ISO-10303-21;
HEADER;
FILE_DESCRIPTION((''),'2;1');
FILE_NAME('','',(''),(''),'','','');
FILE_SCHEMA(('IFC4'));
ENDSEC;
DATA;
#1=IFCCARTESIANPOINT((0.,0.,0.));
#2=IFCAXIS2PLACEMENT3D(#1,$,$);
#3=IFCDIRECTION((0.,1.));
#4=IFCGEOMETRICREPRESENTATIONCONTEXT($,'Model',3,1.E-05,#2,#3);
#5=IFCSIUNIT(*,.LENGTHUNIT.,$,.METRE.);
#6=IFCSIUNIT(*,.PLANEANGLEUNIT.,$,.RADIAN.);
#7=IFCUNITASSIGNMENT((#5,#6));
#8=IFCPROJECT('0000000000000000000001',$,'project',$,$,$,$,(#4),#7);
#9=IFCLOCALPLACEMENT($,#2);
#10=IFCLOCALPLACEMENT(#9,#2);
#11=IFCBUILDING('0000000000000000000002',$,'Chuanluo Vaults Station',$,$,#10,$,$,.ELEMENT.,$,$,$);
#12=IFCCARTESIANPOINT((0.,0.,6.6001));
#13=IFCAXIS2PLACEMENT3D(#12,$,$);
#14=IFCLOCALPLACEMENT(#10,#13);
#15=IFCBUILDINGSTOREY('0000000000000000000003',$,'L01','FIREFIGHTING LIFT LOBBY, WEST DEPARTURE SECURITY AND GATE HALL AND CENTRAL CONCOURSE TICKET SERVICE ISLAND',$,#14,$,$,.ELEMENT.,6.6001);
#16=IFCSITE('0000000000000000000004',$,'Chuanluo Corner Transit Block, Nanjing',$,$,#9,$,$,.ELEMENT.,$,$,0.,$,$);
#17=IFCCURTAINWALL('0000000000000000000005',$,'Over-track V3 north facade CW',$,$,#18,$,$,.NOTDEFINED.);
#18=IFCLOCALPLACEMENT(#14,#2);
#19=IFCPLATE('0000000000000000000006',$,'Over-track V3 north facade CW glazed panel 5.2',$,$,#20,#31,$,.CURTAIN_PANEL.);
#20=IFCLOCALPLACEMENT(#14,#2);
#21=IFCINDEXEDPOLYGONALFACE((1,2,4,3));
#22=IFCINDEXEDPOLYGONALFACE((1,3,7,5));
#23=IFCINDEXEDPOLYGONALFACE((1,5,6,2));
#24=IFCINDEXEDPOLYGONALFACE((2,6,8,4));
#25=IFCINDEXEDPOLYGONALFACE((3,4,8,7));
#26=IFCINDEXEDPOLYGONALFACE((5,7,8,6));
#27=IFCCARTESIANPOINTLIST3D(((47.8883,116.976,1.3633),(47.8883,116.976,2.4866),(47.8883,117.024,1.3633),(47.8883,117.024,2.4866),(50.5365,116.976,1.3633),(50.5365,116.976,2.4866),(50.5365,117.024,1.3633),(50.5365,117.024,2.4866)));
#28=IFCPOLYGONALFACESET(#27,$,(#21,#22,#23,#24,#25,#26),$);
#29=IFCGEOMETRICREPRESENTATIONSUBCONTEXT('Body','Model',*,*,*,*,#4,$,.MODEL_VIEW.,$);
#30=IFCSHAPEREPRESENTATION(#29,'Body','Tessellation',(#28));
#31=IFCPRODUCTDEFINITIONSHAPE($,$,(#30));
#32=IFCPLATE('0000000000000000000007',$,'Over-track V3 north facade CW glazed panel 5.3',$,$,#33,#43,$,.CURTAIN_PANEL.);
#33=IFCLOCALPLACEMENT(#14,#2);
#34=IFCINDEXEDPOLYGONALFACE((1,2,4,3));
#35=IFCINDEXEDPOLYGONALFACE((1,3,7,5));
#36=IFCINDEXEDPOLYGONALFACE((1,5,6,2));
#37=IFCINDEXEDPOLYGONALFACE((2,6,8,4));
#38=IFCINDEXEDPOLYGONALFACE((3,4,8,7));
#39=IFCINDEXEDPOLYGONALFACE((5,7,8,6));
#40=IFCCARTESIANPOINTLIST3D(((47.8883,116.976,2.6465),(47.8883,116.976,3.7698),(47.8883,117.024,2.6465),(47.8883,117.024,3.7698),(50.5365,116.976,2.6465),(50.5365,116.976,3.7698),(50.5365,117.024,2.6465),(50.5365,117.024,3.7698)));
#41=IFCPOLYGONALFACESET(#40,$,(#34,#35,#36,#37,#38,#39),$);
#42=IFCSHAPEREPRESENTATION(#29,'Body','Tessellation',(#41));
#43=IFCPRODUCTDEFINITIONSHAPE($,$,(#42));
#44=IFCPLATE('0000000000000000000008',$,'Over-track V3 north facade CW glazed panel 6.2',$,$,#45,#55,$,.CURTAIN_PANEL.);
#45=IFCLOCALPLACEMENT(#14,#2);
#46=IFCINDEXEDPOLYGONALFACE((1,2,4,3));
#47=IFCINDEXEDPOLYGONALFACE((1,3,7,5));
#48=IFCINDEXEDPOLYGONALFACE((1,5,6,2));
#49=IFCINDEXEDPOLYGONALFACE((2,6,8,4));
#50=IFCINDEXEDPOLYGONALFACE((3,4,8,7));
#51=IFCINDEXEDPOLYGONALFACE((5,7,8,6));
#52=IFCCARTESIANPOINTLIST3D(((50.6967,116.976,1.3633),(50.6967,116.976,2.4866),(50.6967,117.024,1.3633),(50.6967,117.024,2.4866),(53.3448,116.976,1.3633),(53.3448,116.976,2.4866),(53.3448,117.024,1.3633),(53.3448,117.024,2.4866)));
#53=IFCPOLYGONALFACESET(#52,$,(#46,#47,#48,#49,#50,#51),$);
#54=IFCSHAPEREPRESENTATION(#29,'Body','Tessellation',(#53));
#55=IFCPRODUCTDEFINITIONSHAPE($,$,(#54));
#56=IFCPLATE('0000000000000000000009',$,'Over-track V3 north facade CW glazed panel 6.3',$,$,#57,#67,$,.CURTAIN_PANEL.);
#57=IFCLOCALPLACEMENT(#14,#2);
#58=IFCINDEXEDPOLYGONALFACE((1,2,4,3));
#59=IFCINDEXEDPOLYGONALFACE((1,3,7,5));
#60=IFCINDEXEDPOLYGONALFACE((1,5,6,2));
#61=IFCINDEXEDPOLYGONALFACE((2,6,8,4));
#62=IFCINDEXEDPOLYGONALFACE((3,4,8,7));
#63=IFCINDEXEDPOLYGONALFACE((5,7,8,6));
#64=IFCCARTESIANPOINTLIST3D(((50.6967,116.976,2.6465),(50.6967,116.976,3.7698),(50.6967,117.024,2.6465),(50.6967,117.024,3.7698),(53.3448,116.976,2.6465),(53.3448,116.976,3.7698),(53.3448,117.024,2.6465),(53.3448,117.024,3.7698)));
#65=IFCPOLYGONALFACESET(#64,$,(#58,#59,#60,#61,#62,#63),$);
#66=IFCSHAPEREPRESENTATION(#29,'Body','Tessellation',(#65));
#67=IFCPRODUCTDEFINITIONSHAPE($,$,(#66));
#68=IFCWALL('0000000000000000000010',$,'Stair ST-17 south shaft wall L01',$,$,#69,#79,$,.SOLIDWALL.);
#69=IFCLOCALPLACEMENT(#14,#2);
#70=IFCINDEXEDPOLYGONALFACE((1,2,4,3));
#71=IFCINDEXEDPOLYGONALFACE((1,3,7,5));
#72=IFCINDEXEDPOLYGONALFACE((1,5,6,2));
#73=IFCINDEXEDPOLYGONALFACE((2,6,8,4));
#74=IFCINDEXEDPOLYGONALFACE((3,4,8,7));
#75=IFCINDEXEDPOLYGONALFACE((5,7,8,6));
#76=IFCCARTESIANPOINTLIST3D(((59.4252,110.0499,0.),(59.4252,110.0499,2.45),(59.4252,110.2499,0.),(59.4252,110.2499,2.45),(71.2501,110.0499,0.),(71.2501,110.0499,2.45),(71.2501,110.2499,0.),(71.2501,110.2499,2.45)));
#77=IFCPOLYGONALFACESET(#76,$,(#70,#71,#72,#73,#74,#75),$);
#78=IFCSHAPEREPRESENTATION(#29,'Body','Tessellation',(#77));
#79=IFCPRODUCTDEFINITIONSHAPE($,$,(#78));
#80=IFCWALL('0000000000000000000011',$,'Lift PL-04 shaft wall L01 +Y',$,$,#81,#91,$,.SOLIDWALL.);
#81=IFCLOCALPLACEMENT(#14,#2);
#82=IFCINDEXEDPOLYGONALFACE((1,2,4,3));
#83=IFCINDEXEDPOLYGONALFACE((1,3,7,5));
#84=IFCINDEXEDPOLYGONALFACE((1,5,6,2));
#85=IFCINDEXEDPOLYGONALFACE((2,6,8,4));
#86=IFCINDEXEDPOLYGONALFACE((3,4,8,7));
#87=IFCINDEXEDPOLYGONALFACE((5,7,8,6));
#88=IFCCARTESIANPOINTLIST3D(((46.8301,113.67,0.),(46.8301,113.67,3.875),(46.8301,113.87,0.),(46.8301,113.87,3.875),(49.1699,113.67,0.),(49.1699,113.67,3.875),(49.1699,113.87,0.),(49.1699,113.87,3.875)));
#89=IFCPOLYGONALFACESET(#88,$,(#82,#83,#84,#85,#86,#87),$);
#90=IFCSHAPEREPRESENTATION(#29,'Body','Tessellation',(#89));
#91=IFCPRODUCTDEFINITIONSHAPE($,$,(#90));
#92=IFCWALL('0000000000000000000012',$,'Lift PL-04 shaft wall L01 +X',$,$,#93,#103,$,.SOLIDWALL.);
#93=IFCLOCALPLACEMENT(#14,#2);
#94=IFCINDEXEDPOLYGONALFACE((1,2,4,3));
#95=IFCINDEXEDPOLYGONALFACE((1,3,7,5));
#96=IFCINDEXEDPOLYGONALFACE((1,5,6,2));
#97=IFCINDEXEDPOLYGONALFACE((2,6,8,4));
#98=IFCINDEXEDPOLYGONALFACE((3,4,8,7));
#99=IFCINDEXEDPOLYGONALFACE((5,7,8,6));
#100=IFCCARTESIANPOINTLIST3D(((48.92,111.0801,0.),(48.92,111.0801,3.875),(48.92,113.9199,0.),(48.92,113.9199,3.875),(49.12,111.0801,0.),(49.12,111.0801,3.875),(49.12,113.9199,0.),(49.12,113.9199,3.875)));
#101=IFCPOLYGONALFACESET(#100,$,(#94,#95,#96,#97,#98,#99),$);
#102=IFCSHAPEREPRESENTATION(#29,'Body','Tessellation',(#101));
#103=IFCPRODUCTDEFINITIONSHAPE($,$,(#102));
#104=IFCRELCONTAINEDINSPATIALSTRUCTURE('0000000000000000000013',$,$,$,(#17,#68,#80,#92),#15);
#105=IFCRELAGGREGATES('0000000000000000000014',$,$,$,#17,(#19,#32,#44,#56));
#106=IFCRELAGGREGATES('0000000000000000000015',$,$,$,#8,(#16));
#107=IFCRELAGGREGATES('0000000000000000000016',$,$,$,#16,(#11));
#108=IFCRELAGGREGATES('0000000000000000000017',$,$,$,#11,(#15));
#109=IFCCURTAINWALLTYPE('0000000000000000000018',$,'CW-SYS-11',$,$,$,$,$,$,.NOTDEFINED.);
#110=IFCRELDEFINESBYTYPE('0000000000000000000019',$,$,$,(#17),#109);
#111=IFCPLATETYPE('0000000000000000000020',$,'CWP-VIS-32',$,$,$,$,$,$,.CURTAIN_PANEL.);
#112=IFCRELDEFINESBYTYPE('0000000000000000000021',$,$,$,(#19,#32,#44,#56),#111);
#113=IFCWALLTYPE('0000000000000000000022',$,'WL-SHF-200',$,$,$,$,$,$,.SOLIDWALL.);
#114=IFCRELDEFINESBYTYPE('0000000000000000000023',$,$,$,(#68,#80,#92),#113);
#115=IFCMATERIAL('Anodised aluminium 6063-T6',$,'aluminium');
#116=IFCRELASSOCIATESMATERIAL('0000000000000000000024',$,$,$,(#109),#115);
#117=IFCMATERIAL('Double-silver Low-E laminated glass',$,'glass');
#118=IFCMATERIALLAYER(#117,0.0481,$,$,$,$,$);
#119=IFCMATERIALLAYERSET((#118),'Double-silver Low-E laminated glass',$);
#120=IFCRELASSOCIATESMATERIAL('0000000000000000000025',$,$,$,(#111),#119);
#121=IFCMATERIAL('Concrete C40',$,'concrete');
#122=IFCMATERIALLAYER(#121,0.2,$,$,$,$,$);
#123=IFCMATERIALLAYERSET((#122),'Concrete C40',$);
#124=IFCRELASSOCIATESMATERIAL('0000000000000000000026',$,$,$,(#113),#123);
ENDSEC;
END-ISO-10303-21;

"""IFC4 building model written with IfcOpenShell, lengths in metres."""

from ifc_helpers import new_model, si_unit, direction, frame, frame_2d, origin, origin_2d, place, context, subcontext, project, spatial, rectangle, extrude, material, layer, layer_set, type_object, element, aggregate, save


model = new_model("IFC4")

# Units and contexts
model_context = context("Model", 3, precision=1e-05, world=origin(), true_north=direction((0.0, 1.0)))
body_context = subcontext(model_context, "Body", "Model", "MODEL_VIEW")
ifc_project = project(units=[si_unit("LENGTHUNIT", "METRE"), si_unit("PLANEANGLEUNIT", "RADIAN")], contexts=[model_context])

# Site, building, storey
site_placement = place(None, origin())
site = spatial("IfcSite", under=ifc_project, at=site_placement, Name="Chuanluo Corner Transit Block, Nanjing", CompositionType="ELEMENT", RefElevation=0.0)
building_placement = place(site_placement, origin())
building = spatial("IfcBuilding", under=site, at=building_placement, Name="Chuanluo Vaults Station", CompositionType="ELEMENT")
storey_placement = place(building_placement, frame((0.0, 0.0, 6.6001)))
storey = spatial("IfcBuildingStorey", under=building, at=storey_placement, Name="L01", Description="FIREFIGHTING LIFT LOBBY, WEST DEPARTURE SECURITY AND GATE HALL AND CENTRAL CONCOURSE TICKET SERVICE ISLAND", CompositionType="ELEMENT", Elevation=6.6001)

# Curtain wall
ifc_material_1 = material(Name="Anodised aluminium 6063-T6", Category="aluminium")
curtain_wall_type_1 = type_object("IfcCurtainWallType", Name="CW-SYS-11", PredefinedType="NOTDEFINED", material=ifc_material_1)
curtain_wall_1_placement = place(storey_placement, origin())
curtain_wall_1 = element("IfcCurtainWall", 1, at=curtain_wall_1_placement, inside=storey, type_object=curtain_wall_type_1, Name="Over-track V3 north facade CW", PredefinedType="NOTDEFINED")

# Plates
ifc_material_2 = material(Name="Double-silver Low-E laminated glass", Category="glass")
ifc_layer_1 = layer(ifc_material_2, 0.0481)
ifc_layer_set_1 = layer_set([ifc_layer_1], Name="Double-silver Low-E laminated glass")
plate_type_1 = type_object("IfcPlateType", Name="CWP-VIS-32", PredefinedType="CURTAIN_PANEL", material=ifc_layer_set_1)
plate_1_placement = place(storey_placement, frame((49.2124, 117.0, 1.3633), z_axis=(0.0, 0.0, 1.0), x_axis=(1.0, 0.0, 0.0)))
plate_1 = element("IfcPlate", 2, at=plate_1_placement, type_object=plate_type_1, Name="Over-track V3 north facade CW glazed panel 5.2", PredefinedType="CURTAIN_PANEL", context=body_context, shape_type="SweptSolid", body=[
    extrude(rectangle(XDim=2.6482, YDim=0.0481, at=origin_2d()), origin(), (0.0, 0.0, 1.0), 1.1233),
])
plate_2_placement = place(storey_placement, frame((49.2124, 117.0, 2.6465), z_axis=(0.0, 0.0, 1.0), x_axis=(1.0, 0.0, 0.0)))
plate_2 = element("IfcPlate", 3, at=plate_2_placement, type_object=plate_type_1, Name="Over-track V3 north facade CW glazed panel 5.3", PredefinedType="CURTAIN_PANEL", context=body_context, shape_type="SweptSolid", body=[
    extrude(rectangle(XDim=2.6482, YDim=0.0481, at=origin_2d()), origin(), (0.0, 0.0, 1.0), 1.1233),
])
plate_3_placement = place(storey_placement, frame((52.0208, 117.0, 1.3633), z_axis=(0.0, 0.0, 1.0), x_axis=(1.0, 0.0, 0.0)))
plate_3 = element("IfcPlate", 4, at=plate_3_placement, type_object=plate_type_1, Name="Over-track V3 north facade CW glazed panel 6.2", PredefinedType="CURTAIN_PANEL", context=body_context, shape_type="SweptSolid", body=[
    extrude(rectangle(XDim=2.6482, YDim=0.0481, at=origin_2d()), origin(), (0.0, 0.0, 1.0), 1.1233),
])
plate_4_placement = place(storey_placement, frame((52.0208, 117.0, 2.6465), z_axis=(0.0, 0.0, 1.0), x_axis=(1.0, 0.0, 0.0)))
plate_4 = element("IfcPlate", 5, at=plate_4_placement, type_object=plate_type_1, Name="Over-track V3 north facade CW glazed panel 6.3", PredefinedType="CURTAIN_PANEL", context=body_context, shape_type="SweptSolid", body=[
    extrude(rectangle(XDim=2.6482, YDim=0.0481, at=origin_2d()), origin(), (0.0, 0.0, 1.0), 1.1233),
])
aggregate(curtain_wall_1, [plate_1, plate_2, plate_3, plate_4])

# Wall
ifc_material_3 = material(Name="Concrete C40", Category="concrete")
ifc_layer_2 = layer(ifc_material_3, 0.2)
ifc_layer_set_2 = layer_set([ifc_layer_2], Name="Concrete C40")
wall_type = type_object("IfcWallType", Name="WL-SHF-200", PredefinedType="SOLIDWALL", material=ifc_layer_set_2)
wall_1_placement = place(storey_placement, frame((59.425, 110.1499, 0.0), z_axis=(0.0, 0.0, 1.0), x_axis=(1.0, 0.0, 0.0)))
element("IfcWall", 6, at=wall_1_placement, inside=storey, type_object=wall_type, Name="Stair ST-17 south shaft wall L01", PredefinedType="SOLIDWALL", context=body_context, shape_type="SweptSolid", body=[
    extrude(rectangle(XDim=11.825, YDim=0.2, at=frame_2d((5.9126, 0.0))), origin(), (0.0, 0.0, 1.0), 2.45),
])

# Walls
wall_2_placement = place(storey_placement, frame((49.1699, 113.77, 0.0), z_axis=(0.0, 0.0, 1.0), x_axis=(-1.0, 0.0, 0.0)))
element("IfcWall", 7, at=wall_2_placement, inside=storey, type_object=wall_type, Name="Lift PL-04 shaft wall L01 +Y", PredefinedType="SOLIDWALL", context=body_context, shape_type="SweptSolid", body=[
    extrude(rectangle(XDim=2.3398, YDim=0.2, at=frame_2d((1.1699, 0.0))), origin(), (0.0, 0.0, 1.0), 3.875),
])
wall_3_placement = place(storey_placement, frame((49.02, 111.0801, 0.0), z_axis=(0.0, 0.0, 1.0), x_axis=(0.0, 1.0, 0.0)))
element("IfcWall", 8, at=wall_3_placement, inside=storey, type_object=wall_type, Name="Lift PL-04 shaft wall L01 +X", PredefinedType="SOLIDWALL", context=body_context, shape_type="SweptSolid", body=[
    extrude(rectangle(XDim=2.8398, YDim=0.2, at=frame_2d((1.4199, 0.0))), origin(), (0.0, 0.0, 1.0), 3.875),
])

save(model, "model.ifc")
